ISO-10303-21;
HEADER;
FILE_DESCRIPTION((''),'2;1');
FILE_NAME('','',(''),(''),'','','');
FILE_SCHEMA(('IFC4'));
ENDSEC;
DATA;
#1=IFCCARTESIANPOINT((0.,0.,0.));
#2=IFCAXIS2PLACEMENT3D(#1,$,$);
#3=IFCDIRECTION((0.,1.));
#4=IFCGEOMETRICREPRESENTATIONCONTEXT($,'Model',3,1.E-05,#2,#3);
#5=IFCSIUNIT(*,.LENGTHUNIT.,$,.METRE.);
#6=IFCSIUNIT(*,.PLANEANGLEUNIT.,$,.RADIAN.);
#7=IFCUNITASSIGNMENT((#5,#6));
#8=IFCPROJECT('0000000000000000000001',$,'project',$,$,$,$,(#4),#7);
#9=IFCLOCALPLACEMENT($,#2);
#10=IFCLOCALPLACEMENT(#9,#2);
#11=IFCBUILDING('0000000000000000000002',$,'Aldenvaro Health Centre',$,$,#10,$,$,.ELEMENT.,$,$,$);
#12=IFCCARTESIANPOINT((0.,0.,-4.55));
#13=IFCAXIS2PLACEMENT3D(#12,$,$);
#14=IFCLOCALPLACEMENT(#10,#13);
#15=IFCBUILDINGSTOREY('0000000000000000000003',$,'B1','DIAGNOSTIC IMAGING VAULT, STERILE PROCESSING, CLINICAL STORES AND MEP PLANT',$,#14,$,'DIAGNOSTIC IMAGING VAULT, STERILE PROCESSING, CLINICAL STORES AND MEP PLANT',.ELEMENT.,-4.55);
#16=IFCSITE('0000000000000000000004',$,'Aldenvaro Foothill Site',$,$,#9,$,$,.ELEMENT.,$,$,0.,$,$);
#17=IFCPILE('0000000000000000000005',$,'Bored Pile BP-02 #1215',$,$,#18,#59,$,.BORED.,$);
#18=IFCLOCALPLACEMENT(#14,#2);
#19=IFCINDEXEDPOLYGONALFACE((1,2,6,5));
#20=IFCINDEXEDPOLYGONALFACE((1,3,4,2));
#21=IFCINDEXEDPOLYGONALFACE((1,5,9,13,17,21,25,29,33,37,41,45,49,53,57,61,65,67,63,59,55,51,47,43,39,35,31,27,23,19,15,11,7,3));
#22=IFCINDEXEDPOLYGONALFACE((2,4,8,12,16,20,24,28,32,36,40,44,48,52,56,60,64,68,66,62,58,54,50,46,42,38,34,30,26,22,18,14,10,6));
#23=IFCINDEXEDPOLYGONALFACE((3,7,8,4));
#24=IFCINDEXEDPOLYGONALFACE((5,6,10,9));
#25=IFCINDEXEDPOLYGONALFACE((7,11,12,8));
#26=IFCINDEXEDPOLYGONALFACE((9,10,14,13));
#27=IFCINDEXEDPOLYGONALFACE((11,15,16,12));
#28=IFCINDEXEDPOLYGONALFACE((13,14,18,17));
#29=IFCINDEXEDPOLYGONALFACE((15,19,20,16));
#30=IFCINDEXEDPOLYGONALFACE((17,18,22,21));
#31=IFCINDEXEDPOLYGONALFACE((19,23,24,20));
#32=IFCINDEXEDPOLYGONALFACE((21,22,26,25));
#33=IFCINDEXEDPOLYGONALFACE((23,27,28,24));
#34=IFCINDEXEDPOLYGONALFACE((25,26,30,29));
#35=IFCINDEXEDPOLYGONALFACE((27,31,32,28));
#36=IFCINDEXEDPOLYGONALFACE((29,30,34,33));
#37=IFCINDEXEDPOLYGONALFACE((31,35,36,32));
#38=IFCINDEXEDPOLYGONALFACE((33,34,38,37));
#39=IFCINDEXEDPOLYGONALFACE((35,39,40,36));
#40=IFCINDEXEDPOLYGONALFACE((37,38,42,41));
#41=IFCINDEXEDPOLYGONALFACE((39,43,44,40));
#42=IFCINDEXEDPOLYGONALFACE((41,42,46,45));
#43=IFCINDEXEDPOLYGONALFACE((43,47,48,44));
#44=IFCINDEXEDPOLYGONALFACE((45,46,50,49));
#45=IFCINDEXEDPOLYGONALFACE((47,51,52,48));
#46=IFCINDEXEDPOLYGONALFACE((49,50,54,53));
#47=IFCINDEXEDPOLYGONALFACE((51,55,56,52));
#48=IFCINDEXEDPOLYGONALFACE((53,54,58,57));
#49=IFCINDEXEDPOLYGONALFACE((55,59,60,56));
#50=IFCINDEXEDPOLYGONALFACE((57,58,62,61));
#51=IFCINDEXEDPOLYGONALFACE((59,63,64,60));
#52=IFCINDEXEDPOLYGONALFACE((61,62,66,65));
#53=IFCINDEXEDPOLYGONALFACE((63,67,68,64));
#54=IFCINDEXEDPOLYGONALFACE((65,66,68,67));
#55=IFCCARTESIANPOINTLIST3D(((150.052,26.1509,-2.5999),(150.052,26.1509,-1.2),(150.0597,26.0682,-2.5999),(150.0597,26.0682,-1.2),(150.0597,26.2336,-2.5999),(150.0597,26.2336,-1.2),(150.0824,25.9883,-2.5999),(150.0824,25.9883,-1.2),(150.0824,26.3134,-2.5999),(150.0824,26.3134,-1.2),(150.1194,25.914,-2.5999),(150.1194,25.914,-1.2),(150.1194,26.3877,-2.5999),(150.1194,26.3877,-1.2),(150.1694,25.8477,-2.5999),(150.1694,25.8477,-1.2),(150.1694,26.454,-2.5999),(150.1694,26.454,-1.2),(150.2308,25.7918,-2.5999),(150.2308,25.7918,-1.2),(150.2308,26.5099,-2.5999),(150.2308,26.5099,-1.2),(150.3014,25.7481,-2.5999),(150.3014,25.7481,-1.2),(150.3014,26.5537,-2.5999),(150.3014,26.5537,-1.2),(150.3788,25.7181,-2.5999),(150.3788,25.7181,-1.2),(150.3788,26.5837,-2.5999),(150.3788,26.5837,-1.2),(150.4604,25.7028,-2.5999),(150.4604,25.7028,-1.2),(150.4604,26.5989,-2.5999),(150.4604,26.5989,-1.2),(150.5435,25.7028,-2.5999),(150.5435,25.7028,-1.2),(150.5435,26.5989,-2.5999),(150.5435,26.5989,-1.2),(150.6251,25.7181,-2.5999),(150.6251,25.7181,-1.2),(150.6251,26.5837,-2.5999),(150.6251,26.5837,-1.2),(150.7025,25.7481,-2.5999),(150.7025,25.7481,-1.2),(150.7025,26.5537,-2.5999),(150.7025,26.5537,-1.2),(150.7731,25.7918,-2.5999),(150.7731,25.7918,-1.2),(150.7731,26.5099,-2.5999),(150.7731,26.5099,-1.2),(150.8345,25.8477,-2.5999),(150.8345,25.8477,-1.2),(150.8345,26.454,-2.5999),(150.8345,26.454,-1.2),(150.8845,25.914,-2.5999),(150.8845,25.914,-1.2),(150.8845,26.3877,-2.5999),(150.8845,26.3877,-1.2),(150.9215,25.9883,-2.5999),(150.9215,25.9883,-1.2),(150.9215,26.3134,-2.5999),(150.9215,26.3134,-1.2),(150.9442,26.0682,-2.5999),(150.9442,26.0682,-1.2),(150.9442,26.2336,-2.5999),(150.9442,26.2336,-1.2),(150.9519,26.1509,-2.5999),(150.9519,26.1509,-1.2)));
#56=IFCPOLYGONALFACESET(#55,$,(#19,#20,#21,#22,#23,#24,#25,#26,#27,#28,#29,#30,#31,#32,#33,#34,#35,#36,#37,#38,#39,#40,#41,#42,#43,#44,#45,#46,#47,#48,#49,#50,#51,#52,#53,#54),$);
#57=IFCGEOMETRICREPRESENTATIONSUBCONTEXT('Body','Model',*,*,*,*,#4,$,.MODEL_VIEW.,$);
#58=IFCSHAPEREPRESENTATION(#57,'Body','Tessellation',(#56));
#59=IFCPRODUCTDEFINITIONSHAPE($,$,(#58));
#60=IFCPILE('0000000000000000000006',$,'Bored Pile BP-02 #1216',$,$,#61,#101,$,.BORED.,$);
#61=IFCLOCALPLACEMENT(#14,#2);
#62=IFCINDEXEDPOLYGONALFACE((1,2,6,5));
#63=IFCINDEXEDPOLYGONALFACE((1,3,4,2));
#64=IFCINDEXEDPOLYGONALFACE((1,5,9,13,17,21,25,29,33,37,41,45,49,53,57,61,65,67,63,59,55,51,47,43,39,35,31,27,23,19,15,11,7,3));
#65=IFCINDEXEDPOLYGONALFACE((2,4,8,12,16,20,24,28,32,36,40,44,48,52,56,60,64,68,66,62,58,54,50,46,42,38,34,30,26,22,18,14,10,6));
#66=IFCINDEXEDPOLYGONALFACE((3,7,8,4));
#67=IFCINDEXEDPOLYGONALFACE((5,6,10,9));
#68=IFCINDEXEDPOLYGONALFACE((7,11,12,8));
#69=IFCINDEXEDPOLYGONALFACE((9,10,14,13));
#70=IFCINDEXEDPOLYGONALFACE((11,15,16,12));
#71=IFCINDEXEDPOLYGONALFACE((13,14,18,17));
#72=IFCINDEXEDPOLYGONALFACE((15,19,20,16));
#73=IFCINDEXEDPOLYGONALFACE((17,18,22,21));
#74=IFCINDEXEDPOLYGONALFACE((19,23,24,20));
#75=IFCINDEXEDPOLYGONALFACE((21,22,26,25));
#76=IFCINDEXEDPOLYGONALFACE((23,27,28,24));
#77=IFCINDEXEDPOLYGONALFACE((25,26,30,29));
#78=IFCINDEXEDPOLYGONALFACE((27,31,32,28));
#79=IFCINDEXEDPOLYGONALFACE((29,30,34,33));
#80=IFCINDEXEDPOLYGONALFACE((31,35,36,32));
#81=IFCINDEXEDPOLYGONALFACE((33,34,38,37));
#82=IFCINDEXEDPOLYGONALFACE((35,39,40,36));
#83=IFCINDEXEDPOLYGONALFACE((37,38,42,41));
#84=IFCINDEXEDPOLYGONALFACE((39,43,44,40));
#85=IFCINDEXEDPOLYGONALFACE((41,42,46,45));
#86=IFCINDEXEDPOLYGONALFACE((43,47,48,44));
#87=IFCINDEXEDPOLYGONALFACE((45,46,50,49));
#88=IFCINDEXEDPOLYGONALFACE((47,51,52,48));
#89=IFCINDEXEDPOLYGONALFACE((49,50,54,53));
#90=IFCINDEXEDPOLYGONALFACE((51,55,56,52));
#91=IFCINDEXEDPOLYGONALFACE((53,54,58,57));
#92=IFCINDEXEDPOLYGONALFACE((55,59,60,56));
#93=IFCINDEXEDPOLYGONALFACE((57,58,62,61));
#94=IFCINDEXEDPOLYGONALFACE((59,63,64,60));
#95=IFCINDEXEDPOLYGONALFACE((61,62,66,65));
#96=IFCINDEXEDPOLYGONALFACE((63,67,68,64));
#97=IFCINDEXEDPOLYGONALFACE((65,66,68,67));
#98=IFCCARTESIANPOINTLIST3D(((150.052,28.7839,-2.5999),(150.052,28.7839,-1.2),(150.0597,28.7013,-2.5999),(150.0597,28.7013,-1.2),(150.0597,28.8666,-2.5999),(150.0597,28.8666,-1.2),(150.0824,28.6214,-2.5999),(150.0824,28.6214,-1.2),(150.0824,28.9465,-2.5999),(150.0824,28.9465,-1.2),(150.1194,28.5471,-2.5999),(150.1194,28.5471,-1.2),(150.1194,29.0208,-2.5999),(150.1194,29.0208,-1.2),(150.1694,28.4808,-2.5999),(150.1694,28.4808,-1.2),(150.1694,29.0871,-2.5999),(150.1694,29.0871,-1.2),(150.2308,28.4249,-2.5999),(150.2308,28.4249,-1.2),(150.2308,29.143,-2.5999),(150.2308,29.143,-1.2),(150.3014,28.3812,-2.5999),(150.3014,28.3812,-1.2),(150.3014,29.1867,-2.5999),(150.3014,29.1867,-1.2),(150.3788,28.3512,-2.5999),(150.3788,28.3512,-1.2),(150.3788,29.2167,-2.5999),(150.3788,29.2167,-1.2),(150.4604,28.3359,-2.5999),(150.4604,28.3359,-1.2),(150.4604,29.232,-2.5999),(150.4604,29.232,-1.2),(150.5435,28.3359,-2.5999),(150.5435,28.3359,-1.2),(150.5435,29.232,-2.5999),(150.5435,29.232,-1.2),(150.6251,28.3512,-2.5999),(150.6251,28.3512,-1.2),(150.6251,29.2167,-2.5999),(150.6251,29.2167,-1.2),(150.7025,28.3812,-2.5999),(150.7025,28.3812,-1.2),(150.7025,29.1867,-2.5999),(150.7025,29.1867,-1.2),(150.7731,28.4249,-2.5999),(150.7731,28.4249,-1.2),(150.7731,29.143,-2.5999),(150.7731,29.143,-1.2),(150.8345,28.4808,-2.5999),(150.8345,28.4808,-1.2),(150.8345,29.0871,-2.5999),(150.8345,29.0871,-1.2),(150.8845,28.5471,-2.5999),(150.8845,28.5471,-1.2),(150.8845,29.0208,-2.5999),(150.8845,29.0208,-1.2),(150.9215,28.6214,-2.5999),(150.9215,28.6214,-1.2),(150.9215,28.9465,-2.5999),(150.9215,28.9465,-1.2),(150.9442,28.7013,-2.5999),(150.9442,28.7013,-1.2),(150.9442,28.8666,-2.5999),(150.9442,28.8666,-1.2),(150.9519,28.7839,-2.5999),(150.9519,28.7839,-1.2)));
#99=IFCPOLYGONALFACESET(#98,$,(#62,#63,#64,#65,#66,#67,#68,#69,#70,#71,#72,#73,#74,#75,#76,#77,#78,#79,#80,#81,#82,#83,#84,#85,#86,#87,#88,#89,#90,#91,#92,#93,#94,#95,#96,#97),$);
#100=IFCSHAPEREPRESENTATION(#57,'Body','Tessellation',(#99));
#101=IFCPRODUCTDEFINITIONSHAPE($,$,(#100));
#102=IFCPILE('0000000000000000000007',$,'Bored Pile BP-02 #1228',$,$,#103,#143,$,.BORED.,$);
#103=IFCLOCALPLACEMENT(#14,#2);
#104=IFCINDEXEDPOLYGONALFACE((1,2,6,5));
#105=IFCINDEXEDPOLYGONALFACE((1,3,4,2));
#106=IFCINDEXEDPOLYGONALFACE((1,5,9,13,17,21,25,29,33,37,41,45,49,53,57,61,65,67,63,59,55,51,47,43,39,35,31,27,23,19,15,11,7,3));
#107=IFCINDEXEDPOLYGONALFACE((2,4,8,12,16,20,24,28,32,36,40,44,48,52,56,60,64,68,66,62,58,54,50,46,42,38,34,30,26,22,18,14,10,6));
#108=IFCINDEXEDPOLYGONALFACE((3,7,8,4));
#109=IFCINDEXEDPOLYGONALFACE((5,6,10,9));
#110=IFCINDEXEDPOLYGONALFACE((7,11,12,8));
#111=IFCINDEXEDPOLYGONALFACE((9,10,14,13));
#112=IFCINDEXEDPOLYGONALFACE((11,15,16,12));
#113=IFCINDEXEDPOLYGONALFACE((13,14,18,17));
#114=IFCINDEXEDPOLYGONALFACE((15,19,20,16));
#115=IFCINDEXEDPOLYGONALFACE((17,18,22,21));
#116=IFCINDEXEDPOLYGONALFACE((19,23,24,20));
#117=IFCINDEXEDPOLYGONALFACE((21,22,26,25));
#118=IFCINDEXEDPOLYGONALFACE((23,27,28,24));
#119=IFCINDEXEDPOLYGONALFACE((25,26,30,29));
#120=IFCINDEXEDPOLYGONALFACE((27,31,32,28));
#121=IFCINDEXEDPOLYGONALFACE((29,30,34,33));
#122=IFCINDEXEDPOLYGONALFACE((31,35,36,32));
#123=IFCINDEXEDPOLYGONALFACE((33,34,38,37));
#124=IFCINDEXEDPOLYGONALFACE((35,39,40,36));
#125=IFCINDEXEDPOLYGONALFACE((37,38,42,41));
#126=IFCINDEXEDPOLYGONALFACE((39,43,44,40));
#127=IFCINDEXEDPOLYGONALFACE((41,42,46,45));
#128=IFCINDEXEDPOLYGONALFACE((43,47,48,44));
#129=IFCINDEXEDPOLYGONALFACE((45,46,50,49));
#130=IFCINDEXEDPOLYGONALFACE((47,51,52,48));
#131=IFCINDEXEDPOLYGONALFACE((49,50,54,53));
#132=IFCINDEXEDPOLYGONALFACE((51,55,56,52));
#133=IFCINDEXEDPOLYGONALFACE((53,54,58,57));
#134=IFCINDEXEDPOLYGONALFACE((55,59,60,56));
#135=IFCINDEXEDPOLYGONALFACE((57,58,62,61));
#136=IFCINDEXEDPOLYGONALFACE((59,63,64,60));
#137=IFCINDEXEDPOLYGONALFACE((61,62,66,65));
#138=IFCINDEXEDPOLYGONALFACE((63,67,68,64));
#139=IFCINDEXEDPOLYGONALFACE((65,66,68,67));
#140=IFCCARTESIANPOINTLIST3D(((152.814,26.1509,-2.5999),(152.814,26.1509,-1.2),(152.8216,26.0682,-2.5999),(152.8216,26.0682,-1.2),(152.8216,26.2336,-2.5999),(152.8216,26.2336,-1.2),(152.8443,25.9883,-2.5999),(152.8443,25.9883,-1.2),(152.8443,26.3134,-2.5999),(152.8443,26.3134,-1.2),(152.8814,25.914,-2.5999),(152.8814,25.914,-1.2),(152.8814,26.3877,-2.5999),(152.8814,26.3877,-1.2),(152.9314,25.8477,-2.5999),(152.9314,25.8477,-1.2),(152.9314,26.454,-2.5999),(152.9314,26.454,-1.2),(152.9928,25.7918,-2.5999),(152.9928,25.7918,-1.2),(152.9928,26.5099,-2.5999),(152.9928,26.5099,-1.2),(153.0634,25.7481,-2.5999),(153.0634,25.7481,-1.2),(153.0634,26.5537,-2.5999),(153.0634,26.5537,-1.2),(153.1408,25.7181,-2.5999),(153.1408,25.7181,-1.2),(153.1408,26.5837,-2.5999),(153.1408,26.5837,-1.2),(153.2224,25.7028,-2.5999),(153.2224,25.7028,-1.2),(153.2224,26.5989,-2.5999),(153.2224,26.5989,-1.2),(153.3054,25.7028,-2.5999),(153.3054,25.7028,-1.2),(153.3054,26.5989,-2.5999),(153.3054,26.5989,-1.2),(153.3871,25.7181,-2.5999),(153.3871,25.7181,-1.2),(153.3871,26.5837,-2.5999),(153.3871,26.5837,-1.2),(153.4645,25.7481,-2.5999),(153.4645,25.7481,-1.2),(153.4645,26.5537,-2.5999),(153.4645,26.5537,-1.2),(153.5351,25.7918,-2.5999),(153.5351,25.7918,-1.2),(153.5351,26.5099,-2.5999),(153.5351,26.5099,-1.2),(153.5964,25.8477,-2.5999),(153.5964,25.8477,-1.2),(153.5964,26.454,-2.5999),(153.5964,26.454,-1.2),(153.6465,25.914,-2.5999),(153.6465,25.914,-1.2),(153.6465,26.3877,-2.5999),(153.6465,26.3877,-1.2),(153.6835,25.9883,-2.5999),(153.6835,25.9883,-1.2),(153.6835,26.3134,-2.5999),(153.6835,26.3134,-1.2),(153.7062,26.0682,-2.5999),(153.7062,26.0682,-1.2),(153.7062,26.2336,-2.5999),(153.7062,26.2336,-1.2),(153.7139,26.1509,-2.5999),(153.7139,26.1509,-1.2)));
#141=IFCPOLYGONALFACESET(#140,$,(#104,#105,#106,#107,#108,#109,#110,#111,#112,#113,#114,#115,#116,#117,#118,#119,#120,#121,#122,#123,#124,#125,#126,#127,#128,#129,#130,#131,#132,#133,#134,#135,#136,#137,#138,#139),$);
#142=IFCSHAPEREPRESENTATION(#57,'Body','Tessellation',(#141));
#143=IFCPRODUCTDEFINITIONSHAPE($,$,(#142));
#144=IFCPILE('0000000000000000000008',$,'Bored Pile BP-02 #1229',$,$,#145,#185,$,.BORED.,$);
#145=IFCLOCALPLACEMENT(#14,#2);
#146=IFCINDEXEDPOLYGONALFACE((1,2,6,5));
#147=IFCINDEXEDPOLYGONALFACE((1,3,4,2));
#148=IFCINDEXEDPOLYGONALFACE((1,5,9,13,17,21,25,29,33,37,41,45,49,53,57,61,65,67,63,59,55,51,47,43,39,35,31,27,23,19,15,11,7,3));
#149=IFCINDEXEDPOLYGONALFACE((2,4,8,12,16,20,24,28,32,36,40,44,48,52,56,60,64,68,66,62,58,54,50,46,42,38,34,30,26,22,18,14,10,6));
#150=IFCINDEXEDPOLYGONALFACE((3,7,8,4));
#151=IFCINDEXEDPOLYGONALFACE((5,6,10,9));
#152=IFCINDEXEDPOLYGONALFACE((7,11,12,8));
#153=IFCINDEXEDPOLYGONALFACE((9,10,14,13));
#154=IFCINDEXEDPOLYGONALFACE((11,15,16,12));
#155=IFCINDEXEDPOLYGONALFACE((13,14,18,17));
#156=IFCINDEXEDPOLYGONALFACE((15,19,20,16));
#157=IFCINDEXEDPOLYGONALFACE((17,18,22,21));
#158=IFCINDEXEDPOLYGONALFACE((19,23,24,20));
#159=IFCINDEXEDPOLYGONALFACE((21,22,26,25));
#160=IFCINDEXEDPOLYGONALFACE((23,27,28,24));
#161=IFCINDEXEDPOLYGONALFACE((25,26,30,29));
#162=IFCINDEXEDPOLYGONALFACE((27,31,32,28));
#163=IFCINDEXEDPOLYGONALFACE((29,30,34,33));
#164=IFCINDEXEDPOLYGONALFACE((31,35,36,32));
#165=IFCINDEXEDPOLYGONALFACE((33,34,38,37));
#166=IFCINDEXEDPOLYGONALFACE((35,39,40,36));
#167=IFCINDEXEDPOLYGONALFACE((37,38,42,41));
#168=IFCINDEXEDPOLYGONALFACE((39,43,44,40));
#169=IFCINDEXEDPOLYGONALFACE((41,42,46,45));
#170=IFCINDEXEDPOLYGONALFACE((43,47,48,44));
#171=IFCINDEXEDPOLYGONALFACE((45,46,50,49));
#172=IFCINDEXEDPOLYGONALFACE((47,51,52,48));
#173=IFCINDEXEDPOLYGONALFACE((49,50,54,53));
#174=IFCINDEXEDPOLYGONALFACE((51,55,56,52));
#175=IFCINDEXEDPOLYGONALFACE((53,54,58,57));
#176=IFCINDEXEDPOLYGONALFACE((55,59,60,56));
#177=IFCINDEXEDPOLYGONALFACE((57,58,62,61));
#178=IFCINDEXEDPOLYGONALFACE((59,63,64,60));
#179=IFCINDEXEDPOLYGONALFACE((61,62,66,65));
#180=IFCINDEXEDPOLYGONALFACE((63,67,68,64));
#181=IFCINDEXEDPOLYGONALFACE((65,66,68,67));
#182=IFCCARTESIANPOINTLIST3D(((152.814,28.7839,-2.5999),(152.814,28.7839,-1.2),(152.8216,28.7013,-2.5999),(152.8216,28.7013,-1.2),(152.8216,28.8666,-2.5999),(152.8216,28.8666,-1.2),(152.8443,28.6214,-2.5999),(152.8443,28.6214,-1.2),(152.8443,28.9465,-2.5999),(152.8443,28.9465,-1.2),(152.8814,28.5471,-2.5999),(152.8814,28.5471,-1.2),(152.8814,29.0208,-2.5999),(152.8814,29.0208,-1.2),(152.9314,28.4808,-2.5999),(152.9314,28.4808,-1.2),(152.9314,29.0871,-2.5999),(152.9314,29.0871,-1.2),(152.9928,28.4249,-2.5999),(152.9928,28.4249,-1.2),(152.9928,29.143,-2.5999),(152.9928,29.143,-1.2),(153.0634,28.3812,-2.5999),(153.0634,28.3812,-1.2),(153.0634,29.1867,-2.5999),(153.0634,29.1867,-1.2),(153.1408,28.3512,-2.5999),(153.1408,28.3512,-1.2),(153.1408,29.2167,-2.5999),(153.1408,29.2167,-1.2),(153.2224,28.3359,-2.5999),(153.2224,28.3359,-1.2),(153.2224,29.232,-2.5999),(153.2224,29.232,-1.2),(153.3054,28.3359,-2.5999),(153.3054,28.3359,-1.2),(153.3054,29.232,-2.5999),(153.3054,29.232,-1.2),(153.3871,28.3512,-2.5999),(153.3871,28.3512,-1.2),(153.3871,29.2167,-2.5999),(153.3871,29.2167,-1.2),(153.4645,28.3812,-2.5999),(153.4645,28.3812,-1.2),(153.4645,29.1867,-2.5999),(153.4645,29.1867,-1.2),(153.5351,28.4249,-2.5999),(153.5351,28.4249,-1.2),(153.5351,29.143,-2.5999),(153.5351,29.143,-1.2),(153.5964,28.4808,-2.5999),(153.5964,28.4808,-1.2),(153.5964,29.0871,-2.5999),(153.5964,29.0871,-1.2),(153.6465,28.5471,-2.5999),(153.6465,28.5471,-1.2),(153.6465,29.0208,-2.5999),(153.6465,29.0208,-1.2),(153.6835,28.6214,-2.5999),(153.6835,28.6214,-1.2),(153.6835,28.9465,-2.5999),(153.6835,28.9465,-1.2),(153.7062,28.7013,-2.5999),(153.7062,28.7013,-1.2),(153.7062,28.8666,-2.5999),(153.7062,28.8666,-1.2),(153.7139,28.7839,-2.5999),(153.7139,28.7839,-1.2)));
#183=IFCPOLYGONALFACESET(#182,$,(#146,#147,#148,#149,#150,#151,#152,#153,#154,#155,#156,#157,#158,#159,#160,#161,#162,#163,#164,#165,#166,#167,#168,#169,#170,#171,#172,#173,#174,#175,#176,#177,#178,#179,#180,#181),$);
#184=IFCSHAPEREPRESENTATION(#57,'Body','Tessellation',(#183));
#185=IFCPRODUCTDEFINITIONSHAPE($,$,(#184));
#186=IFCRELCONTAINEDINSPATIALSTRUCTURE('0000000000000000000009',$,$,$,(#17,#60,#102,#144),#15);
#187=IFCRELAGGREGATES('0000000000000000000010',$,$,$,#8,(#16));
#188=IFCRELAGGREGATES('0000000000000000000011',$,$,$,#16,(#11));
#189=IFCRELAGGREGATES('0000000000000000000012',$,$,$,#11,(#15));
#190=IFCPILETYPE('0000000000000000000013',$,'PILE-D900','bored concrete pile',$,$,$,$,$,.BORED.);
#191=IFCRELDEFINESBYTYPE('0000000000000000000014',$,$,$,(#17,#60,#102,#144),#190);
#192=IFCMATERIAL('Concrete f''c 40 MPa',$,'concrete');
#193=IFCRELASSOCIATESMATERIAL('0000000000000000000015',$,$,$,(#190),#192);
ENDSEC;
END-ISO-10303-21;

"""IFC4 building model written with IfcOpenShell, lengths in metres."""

from ifc_helpers import new_model, si_unit, direction, frame, origin, origin_2d, place, context, subcontext, project, spatial, circle, extrude, material, material_profile, profile_set, type_object, element, save


model = new_model("IFC4")

# Units and contexts
model_context = context("Model", 3, precision=1e-05, world=origin(), true_north=direction((0.0, 1.0)))
body_context = subcontext(model_context, "Body", "Model", "MODEL_VIEW")
ifc_project = project(units=[si_unit("LENGTHUNIT", "METRE"), si_unit("PLANEANGLEUNIT", "RADIAN")], contexts=[model_context])

# Site, building, storey
site_placement = place(None, origin())
site = spatial("IfcSite", under=ifc_project, at=site_placement, Name="Aldenvaro Foothill Site", CompositionType="ELEMENT", RefElevation=0.0)
building_placement = place(site_placement, origin())
building = spatial("IfcBuilding", under=site, at=building_placement, Name="Aldenvaro Health Centre", CompositionType="ELEMENT")
storey_placement = place(building_placement, frame((0.0, 0.0, -4.55)))
storey = spatial("IfcBuildingStorey", under=building, at=storey_placement, Name="B1", Description="DIAGNOSTIC IMAGING VAULT, STERILE PROCESSING, CLINICAL STORES AND MEP PLANT", LongName="DIAGNOSTIC IMAGING VAULT, STERILE PROCESSING, CLINICAL STORES AND MEP PLANT", CompositionType="ELEMENT", Elevation=-4.55)

# Piles
ifc_material_1 = material(Name="Concrete f'c 40 MPa", Category="concrete")
ifc_material_profile_1 = material_profile(ifc_material_1, circle(Radius=0.45, at=origin_2d()), Name="PILE D900", Category="concrete")
ifc_profile_set_1 = profile_set([ifc_material_profile_1], Name="Concrete f'c 40 MPa")
pile_type = type_object("IfcPileType", Name="PILE-D900", Description="bored concrete pile", PredefinedType="BORED", material=ifc_profile_set_1)
for number, where, z_axis, x_axis, name in (
    (1, (150.502, 26.1509, -1.2), (0.0, 0.0, -1.0), (1.0, 0.0, 0.0), "Bored Pile BP-02 #1215"),
    (2, (150.502, 28.7839, -1.2), (0.0, 0.0, -1.0), (1.0, 0.0, 0.0), "Bored Pile BP-02 #1216"),
    (3, (153.2639, 26.1509, -1.2), (0.0, 0.0, -1.0), (1.0, 0.0, 0.0), "Bored Pile BP-02 #1228"),
    (4, (153.2639, 28.7839, -1.2), (0.0, 0.0, -1.0), (1.0, 0.0, 0.0), "Bored Pile BP-02 #1229"),
):
    element("IfcPile", number, at=place(storey_placement, frame(where, z_axis=z_axis, x_axis=x_axis)), inside=storey, type_object=pile_type, Name=name, PredefinedType="BORED", context=body_context, shape_type="SweptSolid", body=[
        extrude(circle(Radius=0.45, at=origin_2d()), origin(), (0.0, 0.0, 1.0), 1.3999),
    ])

save(model, "model.ifc")
